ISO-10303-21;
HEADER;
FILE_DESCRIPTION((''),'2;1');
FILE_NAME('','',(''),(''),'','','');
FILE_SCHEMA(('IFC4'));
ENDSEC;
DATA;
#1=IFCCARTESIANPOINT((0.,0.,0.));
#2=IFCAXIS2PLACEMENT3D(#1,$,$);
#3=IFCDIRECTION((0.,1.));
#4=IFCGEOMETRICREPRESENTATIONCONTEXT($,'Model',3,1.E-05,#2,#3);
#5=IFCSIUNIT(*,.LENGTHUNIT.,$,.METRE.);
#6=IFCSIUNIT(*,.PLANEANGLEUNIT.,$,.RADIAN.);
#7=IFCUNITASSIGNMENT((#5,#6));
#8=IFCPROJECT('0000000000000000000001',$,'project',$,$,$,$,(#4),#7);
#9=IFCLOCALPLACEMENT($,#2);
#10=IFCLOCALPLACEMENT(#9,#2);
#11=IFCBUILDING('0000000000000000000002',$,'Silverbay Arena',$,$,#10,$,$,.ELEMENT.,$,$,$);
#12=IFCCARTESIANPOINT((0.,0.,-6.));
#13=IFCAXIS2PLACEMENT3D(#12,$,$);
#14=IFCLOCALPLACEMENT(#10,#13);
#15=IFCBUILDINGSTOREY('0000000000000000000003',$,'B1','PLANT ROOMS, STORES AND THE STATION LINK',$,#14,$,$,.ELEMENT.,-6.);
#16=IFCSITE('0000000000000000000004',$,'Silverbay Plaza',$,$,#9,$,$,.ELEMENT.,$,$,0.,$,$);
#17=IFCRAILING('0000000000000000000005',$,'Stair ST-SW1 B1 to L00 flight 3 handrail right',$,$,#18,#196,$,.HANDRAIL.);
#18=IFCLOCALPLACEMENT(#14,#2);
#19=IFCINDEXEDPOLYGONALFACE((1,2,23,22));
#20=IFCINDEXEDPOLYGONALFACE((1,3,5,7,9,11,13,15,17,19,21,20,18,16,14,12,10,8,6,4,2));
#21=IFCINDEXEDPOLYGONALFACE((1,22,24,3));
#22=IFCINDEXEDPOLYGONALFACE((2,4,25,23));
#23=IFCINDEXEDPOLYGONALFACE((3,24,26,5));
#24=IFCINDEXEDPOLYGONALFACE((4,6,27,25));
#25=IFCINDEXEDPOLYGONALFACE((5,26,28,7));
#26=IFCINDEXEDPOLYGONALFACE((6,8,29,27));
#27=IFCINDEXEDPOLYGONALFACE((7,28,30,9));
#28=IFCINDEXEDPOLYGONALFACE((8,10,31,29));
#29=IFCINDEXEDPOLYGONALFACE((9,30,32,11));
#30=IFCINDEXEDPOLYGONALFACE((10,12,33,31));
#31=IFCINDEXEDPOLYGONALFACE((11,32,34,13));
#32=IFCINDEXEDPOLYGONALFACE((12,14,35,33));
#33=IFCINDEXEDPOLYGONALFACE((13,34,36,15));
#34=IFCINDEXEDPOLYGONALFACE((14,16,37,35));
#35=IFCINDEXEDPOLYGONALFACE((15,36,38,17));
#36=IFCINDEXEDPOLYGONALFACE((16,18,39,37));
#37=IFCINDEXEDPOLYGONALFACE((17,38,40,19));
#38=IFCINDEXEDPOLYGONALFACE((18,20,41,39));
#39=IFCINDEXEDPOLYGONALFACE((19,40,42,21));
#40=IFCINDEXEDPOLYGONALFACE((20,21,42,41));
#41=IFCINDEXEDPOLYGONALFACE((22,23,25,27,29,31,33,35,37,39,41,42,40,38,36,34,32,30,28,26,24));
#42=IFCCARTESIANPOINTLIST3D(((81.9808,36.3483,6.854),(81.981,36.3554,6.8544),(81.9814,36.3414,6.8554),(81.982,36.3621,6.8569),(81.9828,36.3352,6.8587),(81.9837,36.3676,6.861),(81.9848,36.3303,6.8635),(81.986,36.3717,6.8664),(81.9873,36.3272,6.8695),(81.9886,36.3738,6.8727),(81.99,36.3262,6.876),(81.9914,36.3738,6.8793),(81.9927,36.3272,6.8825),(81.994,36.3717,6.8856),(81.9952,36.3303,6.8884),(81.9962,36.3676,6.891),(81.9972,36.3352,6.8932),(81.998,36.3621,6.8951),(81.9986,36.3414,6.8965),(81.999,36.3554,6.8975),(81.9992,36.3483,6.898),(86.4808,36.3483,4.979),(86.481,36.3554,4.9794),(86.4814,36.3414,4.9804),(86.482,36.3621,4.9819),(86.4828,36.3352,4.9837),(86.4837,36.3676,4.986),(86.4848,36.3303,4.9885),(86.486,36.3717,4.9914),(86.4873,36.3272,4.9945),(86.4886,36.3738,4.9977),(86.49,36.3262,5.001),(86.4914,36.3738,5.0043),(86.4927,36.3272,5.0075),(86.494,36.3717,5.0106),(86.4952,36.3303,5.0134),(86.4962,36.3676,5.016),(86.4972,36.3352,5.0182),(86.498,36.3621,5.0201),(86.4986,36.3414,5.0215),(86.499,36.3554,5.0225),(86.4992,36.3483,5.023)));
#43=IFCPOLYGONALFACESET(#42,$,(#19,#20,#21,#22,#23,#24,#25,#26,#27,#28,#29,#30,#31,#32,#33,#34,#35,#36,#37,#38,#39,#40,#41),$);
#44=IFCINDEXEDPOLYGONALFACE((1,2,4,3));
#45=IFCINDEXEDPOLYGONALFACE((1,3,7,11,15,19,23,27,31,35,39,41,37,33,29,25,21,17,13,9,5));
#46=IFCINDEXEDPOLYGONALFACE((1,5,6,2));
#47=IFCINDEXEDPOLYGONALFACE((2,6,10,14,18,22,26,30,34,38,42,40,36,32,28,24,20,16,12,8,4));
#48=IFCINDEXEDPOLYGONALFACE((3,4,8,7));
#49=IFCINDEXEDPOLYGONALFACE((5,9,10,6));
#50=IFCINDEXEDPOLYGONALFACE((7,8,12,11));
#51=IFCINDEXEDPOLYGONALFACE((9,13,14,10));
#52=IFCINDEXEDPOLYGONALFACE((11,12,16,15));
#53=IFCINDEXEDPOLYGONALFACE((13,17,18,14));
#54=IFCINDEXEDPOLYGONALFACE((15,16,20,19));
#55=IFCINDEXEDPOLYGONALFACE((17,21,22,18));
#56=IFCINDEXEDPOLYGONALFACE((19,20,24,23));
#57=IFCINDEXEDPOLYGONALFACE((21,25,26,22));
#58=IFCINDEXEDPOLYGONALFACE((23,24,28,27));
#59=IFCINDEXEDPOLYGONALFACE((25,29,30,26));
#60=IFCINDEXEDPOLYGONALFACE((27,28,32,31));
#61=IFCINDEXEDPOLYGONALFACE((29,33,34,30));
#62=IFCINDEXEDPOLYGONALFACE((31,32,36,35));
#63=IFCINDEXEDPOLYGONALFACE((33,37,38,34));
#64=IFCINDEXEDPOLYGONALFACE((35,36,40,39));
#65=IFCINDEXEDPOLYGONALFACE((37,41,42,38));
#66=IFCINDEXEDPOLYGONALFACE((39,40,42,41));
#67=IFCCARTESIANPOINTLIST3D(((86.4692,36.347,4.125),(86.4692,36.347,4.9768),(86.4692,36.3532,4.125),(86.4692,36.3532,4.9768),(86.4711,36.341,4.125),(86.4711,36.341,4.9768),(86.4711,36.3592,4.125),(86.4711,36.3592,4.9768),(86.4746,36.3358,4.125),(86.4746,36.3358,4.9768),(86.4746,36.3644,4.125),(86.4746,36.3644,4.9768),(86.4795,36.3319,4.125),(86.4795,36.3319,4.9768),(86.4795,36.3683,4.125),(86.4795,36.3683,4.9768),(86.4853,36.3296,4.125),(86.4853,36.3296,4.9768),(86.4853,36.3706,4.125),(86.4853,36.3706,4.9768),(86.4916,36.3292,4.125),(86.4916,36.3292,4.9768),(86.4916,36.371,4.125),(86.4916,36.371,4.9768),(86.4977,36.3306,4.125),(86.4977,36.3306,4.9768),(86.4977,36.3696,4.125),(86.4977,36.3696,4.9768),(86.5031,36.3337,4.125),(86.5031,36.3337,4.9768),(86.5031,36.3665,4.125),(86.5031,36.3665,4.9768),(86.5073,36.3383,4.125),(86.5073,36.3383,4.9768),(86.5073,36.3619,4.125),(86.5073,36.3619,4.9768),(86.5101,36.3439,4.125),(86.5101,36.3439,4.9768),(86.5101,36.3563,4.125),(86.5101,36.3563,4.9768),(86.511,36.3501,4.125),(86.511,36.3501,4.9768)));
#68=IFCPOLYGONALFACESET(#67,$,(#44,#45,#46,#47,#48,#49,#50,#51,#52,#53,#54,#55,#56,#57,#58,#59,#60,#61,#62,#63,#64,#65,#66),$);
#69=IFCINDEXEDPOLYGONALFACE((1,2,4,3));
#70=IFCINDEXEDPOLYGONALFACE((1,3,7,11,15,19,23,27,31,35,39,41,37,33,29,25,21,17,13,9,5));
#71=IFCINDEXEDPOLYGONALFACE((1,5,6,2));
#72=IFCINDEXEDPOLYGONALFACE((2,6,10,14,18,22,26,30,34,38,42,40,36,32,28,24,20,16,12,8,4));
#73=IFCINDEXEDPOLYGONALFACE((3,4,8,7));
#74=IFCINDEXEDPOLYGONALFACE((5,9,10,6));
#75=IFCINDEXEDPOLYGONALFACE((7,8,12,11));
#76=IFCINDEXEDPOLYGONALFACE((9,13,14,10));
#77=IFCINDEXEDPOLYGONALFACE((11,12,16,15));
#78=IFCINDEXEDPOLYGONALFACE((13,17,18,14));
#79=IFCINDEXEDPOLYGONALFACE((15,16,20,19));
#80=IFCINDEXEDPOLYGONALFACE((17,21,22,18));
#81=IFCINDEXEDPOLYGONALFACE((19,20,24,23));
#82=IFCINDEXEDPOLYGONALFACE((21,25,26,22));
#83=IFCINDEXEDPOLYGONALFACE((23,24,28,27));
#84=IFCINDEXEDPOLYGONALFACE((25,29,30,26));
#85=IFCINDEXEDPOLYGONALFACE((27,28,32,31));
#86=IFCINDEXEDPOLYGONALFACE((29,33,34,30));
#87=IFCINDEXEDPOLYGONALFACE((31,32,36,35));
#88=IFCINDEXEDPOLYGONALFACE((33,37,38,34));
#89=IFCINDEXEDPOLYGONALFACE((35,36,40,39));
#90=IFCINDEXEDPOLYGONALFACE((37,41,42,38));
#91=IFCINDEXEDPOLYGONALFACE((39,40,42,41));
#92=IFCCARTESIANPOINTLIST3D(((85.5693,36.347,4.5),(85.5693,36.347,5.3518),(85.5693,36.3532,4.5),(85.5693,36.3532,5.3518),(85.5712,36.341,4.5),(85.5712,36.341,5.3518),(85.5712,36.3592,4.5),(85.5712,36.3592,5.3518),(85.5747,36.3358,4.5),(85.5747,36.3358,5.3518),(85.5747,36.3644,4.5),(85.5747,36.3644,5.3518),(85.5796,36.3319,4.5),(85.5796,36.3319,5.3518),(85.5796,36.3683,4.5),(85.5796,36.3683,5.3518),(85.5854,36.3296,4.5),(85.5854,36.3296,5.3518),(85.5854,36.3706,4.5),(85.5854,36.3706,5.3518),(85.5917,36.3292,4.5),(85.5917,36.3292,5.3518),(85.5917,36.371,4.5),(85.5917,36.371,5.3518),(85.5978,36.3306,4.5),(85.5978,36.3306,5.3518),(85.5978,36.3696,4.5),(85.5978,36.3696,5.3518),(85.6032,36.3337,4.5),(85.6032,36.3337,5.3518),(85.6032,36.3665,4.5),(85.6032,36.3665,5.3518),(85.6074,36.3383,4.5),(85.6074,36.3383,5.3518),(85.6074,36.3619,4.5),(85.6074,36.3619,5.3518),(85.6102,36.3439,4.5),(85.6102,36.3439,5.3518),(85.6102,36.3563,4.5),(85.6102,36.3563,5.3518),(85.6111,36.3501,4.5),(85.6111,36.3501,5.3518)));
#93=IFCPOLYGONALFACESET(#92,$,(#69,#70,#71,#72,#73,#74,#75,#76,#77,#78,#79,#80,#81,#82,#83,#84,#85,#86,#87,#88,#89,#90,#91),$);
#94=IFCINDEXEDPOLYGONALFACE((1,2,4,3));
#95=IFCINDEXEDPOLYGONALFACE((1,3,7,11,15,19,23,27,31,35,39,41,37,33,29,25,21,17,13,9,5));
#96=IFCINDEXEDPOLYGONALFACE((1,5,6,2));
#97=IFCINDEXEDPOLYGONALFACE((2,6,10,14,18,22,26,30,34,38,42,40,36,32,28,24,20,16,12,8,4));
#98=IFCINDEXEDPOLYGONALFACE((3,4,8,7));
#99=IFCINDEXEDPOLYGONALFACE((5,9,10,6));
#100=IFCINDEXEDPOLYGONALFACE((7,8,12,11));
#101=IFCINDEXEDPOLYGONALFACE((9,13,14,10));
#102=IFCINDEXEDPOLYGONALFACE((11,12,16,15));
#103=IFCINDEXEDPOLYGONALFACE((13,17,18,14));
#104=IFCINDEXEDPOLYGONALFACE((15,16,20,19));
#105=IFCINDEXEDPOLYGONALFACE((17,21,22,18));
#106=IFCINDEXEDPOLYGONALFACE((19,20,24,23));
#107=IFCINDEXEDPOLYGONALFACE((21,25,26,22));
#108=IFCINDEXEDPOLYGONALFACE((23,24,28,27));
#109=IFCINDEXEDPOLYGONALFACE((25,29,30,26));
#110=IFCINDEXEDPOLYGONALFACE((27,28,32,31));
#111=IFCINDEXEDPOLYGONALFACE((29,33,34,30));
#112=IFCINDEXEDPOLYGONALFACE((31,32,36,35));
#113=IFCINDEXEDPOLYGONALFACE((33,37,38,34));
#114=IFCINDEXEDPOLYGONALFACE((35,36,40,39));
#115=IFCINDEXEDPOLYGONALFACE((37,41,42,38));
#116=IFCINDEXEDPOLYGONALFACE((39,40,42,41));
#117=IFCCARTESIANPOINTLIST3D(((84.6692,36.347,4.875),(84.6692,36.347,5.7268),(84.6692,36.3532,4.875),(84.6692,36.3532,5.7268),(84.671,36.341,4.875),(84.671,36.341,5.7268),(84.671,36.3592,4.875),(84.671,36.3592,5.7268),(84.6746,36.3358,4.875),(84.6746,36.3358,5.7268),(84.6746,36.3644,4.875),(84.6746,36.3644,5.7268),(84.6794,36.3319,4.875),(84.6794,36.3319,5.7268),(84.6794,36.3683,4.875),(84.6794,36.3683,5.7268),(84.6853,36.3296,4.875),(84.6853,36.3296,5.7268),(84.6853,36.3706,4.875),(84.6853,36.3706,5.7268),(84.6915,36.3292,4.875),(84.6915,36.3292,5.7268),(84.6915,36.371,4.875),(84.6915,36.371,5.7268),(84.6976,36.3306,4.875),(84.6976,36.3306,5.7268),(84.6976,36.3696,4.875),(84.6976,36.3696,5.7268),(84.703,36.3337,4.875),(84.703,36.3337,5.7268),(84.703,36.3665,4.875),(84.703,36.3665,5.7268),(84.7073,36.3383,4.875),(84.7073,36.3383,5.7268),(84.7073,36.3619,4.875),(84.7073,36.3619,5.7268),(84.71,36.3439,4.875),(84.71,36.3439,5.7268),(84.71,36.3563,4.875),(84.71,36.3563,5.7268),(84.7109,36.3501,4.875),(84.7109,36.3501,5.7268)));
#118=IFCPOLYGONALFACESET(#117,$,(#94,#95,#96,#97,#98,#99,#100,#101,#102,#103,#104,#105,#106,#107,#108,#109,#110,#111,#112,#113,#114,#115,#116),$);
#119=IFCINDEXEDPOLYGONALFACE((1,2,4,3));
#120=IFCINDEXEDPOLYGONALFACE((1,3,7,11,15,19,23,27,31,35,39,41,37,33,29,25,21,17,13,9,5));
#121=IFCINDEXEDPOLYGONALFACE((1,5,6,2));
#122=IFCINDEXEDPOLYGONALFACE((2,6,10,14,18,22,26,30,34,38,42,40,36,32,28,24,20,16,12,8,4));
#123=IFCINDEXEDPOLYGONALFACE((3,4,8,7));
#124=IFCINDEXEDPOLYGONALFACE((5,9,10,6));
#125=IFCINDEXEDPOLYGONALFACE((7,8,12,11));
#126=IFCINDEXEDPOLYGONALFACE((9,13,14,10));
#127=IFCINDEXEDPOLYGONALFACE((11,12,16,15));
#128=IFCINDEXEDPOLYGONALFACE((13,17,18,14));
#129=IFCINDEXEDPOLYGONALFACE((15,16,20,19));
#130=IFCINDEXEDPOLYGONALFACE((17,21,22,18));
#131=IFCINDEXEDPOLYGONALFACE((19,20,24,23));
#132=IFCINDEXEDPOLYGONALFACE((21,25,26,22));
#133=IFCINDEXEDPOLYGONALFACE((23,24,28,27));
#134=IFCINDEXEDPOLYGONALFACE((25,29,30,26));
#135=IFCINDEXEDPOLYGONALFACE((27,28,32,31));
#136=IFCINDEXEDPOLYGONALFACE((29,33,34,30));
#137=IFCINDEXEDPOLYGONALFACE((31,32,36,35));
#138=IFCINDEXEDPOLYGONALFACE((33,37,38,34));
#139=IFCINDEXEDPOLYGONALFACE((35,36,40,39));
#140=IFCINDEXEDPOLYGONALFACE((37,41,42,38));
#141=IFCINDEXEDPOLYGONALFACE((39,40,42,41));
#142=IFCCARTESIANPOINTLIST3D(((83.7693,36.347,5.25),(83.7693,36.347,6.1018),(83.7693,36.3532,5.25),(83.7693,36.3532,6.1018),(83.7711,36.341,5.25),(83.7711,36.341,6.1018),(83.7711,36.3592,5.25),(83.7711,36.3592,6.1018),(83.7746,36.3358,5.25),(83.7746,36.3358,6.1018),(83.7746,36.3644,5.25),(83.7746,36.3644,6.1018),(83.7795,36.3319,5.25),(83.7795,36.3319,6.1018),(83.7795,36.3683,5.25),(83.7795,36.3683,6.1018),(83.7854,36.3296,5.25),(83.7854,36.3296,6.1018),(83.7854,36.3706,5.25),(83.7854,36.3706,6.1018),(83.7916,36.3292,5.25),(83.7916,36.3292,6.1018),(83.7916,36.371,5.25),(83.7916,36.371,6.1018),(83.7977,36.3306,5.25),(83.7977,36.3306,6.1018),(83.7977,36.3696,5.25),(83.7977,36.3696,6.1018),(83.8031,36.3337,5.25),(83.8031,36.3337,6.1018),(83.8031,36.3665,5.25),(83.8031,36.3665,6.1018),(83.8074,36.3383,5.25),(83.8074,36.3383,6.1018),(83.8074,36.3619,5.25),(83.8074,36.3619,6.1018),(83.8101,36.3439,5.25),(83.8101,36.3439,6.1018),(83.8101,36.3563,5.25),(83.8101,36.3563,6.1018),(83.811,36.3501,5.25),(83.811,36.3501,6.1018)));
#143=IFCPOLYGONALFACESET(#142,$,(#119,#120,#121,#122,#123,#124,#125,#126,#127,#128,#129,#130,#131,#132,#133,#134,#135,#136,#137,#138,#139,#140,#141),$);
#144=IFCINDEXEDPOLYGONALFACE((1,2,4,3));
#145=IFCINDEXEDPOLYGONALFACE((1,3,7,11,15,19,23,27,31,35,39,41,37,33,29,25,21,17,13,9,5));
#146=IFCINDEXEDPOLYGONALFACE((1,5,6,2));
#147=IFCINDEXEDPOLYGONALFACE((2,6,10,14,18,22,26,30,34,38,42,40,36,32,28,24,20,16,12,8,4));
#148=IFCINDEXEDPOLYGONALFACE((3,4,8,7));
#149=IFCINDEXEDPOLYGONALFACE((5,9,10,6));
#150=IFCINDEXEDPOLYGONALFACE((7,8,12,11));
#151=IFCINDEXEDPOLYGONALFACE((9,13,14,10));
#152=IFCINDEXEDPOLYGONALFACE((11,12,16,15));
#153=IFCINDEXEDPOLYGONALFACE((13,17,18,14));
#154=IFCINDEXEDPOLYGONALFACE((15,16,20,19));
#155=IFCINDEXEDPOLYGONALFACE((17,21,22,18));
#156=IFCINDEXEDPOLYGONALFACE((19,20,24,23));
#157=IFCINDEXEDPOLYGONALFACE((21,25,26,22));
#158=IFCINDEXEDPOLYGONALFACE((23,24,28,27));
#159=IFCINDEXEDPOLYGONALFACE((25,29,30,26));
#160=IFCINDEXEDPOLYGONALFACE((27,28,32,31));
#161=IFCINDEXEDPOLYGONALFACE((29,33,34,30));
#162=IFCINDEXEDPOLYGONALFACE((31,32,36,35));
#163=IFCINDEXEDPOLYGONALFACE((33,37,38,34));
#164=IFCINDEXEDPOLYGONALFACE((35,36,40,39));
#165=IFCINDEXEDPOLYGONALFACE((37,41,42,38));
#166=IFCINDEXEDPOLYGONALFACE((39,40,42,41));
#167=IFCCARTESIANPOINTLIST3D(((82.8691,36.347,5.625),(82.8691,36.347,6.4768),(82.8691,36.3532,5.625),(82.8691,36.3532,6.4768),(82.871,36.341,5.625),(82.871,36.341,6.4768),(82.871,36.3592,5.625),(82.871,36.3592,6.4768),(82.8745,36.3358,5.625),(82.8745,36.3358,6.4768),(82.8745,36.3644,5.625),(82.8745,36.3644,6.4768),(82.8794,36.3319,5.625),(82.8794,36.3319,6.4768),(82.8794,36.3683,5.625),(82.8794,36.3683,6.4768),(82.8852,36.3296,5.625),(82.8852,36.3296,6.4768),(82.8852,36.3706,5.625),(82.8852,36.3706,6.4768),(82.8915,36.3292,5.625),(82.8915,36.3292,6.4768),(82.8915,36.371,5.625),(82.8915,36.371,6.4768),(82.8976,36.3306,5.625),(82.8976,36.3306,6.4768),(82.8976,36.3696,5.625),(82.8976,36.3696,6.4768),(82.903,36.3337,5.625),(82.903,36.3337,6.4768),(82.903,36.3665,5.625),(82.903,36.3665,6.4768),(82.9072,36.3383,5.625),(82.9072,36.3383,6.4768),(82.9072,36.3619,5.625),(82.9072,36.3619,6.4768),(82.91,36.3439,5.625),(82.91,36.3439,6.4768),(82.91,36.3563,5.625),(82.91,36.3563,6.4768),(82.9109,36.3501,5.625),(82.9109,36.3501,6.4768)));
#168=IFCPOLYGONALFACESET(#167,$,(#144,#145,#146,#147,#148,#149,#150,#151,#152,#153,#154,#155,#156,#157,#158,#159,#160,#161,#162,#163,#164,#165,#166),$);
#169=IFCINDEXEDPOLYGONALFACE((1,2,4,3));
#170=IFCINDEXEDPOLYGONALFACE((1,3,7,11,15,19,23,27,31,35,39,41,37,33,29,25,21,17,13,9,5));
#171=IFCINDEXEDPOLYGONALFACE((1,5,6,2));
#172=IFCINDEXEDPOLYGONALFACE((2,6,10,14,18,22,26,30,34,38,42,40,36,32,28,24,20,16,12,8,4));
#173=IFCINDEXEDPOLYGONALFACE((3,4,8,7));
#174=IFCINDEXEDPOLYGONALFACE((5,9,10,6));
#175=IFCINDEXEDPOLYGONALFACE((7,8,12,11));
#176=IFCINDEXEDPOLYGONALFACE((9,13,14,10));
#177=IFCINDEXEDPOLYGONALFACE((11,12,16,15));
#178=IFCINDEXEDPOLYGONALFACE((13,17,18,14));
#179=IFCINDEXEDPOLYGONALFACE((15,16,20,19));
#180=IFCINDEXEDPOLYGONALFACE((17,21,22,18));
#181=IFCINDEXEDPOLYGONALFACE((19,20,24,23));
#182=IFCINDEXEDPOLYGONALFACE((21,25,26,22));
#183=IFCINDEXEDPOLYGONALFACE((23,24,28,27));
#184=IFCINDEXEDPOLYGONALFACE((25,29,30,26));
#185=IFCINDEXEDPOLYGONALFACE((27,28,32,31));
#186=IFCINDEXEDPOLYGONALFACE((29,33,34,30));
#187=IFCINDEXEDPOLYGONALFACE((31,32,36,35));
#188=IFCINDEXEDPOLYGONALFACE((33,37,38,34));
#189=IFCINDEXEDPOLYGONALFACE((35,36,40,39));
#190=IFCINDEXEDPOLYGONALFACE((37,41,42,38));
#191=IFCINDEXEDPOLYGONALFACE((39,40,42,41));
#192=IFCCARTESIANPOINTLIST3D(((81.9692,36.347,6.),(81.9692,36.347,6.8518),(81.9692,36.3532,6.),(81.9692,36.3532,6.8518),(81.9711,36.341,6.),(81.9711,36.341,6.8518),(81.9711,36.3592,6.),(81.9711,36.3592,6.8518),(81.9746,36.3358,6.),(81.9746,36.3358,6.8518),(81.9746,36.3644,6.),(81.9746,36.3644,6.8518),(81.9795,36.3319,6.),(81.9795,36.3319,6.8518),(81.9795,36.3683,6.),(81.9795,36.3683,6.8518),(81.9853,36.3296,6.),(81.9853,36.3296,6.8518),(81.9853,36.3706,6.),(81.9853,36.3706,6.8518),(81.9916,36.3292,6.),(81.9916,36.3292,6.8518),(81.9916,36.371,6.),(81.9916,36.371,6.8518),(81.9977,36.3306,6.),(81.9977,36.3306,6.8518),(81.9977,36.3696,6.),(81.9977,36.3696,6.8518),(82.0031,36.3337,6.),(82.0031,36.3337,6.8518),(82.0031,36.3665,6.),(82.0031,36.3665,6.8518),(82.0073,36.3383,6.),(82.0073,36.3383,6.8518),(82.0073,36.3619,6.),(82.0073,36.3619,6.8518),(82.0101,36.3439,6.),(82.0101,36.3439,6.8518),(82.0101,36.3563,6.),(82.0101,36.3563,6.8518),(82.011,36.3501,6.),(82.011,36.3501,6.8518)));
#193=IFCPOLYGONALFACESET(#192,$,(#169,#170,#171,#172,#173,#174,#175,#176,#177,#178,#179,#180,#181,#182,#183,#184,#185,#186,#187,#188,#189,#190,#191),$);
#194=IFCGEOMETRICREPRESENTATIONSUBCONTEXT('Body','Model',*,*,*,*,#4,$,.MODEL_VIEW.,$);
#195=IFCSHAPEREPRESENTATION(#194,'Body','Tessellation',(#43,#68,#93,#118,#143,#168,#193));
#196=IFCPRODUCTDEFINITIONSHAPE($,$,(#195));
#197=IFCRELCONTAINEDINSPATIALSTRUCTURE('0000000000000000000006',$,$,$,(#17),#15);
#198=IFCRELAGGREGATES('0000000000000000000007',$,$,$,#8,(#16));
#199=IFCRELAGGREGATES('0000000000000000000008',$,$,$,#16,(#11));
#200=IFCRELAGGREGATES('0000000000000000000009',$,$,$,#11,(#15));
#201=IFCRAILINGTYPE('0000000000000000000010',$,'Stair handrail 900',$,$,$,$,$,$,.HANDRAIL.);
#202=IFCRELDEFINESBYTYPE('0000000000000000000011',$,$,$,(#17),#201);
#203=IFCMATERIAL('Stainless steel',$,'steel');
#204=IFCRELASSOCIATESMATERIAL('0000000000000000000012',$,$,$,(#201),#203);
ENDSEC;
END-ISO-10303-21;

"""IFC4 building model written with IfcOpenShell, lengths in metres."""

from ifc_helpers import new_model, si_unit, direction, frame, origin, origin_2d, place, context, subcontext, project, spatial, circle, extrude, material, type_object, element, save


model = new_model("IFC4")

# Units and contexts
model_context = context("Model", 3, precision=1e-05, world=origin(), true_north=direction((0.0, 1.0)))
body_context = subcontext(model_context, "Body", "Model", "MODEL_VIEW")
ifc_project = project(units=[si_unit("LENGTHUNIT", "METRE"), si_unit("PLANEANGLEUNIT", "RADIAN")], contexts=[model_context])

# Site, building, storey
site_placement = place(None, origin())
site = spatial("IfcSite", under=ifc_project, at=site_placement, Name="Silverbay Plaza", CompositionType="ELEMENT", RefElevation=0.0)
building_placement = place(site_placement, origin())
building = spatial("IfcBuilding", under=site, at=building_placement, Name="Silverbay Arena", CompositionType="ELEMENT")
storey_placement = place(building_placement, frame((0.0, 0.0, -6.0)))
storey = spatial("IfcBuildingStorey", under=building, at=storey_placement, Name="B1", Description="PLANT ROOMS, STORES AND THE STATION LINK", CompositionType="ELEMENT", Elevation=-6.0)

# Railing
ifc_material_1 = material(Name="Stainless steel", Category="steel")
railing_type = type_object("IfcRailingType", Name="Stair handrail 900", PredefinedType="HANDRAIL", material=ifc_material_1)
for number, where, name in (
    (1, (86.49, 36.3501, 4.125), "Stair ST-SW1 B1 to L00 flight 3 handrail right"),
):
    element("IfcRailing", number, at=place(storey_placement, frame(where)), inside=storey, type_object=railing_type, Name=name, PredefinedType="HANDRAIL", context=body_context, shape_type="SweptSolid", body=[
        extrude(circle(Radius=0.0239, at=origin_2d()), frame((0.0, 0.0, 0.876), z_axis=(-0.923077, 0.0, 0.384615), x_axis=(0.0, -1.0, 0.0)), (0.0, 0.0, 1.0), 4.875),
        extrude(circle(Radius=0.021, at=origin_2d()), origin(), (0.0, 0.0, 1.0), 0.8518),
        extrude(circle(Radius=0.021, at=origin_2d()), frame((-0.8999, 0.0, 0.375)), (0.0, 0.0, 1.0), 0.8518),
        extrude(circle(Radius=0.021, at=origin_2d()), frame((-1.8, 0.0, 0.75)), (0.0, 0.0, 1.0), 0.8518),
        extrude(circle(Radius=0.021, at=origin_2d()), frame((-2.7, 0.0, 1.125)), (0.0, 0.0, 1.0), 0.8518),
        extrude(circle(Radius=0.021, at=origin_2d()), frame((-3.6001, 0.0, 1.5)), (0.0, 0.0, 1.0), 0.8518),
        extrude(circle(Radius=0.021, at=origin_2d()), frame((-4.5, 0.0, 1.875)), (0.0, 0.0, 1.0), 0.8518),
    ])

save(model, "model.ifc")
